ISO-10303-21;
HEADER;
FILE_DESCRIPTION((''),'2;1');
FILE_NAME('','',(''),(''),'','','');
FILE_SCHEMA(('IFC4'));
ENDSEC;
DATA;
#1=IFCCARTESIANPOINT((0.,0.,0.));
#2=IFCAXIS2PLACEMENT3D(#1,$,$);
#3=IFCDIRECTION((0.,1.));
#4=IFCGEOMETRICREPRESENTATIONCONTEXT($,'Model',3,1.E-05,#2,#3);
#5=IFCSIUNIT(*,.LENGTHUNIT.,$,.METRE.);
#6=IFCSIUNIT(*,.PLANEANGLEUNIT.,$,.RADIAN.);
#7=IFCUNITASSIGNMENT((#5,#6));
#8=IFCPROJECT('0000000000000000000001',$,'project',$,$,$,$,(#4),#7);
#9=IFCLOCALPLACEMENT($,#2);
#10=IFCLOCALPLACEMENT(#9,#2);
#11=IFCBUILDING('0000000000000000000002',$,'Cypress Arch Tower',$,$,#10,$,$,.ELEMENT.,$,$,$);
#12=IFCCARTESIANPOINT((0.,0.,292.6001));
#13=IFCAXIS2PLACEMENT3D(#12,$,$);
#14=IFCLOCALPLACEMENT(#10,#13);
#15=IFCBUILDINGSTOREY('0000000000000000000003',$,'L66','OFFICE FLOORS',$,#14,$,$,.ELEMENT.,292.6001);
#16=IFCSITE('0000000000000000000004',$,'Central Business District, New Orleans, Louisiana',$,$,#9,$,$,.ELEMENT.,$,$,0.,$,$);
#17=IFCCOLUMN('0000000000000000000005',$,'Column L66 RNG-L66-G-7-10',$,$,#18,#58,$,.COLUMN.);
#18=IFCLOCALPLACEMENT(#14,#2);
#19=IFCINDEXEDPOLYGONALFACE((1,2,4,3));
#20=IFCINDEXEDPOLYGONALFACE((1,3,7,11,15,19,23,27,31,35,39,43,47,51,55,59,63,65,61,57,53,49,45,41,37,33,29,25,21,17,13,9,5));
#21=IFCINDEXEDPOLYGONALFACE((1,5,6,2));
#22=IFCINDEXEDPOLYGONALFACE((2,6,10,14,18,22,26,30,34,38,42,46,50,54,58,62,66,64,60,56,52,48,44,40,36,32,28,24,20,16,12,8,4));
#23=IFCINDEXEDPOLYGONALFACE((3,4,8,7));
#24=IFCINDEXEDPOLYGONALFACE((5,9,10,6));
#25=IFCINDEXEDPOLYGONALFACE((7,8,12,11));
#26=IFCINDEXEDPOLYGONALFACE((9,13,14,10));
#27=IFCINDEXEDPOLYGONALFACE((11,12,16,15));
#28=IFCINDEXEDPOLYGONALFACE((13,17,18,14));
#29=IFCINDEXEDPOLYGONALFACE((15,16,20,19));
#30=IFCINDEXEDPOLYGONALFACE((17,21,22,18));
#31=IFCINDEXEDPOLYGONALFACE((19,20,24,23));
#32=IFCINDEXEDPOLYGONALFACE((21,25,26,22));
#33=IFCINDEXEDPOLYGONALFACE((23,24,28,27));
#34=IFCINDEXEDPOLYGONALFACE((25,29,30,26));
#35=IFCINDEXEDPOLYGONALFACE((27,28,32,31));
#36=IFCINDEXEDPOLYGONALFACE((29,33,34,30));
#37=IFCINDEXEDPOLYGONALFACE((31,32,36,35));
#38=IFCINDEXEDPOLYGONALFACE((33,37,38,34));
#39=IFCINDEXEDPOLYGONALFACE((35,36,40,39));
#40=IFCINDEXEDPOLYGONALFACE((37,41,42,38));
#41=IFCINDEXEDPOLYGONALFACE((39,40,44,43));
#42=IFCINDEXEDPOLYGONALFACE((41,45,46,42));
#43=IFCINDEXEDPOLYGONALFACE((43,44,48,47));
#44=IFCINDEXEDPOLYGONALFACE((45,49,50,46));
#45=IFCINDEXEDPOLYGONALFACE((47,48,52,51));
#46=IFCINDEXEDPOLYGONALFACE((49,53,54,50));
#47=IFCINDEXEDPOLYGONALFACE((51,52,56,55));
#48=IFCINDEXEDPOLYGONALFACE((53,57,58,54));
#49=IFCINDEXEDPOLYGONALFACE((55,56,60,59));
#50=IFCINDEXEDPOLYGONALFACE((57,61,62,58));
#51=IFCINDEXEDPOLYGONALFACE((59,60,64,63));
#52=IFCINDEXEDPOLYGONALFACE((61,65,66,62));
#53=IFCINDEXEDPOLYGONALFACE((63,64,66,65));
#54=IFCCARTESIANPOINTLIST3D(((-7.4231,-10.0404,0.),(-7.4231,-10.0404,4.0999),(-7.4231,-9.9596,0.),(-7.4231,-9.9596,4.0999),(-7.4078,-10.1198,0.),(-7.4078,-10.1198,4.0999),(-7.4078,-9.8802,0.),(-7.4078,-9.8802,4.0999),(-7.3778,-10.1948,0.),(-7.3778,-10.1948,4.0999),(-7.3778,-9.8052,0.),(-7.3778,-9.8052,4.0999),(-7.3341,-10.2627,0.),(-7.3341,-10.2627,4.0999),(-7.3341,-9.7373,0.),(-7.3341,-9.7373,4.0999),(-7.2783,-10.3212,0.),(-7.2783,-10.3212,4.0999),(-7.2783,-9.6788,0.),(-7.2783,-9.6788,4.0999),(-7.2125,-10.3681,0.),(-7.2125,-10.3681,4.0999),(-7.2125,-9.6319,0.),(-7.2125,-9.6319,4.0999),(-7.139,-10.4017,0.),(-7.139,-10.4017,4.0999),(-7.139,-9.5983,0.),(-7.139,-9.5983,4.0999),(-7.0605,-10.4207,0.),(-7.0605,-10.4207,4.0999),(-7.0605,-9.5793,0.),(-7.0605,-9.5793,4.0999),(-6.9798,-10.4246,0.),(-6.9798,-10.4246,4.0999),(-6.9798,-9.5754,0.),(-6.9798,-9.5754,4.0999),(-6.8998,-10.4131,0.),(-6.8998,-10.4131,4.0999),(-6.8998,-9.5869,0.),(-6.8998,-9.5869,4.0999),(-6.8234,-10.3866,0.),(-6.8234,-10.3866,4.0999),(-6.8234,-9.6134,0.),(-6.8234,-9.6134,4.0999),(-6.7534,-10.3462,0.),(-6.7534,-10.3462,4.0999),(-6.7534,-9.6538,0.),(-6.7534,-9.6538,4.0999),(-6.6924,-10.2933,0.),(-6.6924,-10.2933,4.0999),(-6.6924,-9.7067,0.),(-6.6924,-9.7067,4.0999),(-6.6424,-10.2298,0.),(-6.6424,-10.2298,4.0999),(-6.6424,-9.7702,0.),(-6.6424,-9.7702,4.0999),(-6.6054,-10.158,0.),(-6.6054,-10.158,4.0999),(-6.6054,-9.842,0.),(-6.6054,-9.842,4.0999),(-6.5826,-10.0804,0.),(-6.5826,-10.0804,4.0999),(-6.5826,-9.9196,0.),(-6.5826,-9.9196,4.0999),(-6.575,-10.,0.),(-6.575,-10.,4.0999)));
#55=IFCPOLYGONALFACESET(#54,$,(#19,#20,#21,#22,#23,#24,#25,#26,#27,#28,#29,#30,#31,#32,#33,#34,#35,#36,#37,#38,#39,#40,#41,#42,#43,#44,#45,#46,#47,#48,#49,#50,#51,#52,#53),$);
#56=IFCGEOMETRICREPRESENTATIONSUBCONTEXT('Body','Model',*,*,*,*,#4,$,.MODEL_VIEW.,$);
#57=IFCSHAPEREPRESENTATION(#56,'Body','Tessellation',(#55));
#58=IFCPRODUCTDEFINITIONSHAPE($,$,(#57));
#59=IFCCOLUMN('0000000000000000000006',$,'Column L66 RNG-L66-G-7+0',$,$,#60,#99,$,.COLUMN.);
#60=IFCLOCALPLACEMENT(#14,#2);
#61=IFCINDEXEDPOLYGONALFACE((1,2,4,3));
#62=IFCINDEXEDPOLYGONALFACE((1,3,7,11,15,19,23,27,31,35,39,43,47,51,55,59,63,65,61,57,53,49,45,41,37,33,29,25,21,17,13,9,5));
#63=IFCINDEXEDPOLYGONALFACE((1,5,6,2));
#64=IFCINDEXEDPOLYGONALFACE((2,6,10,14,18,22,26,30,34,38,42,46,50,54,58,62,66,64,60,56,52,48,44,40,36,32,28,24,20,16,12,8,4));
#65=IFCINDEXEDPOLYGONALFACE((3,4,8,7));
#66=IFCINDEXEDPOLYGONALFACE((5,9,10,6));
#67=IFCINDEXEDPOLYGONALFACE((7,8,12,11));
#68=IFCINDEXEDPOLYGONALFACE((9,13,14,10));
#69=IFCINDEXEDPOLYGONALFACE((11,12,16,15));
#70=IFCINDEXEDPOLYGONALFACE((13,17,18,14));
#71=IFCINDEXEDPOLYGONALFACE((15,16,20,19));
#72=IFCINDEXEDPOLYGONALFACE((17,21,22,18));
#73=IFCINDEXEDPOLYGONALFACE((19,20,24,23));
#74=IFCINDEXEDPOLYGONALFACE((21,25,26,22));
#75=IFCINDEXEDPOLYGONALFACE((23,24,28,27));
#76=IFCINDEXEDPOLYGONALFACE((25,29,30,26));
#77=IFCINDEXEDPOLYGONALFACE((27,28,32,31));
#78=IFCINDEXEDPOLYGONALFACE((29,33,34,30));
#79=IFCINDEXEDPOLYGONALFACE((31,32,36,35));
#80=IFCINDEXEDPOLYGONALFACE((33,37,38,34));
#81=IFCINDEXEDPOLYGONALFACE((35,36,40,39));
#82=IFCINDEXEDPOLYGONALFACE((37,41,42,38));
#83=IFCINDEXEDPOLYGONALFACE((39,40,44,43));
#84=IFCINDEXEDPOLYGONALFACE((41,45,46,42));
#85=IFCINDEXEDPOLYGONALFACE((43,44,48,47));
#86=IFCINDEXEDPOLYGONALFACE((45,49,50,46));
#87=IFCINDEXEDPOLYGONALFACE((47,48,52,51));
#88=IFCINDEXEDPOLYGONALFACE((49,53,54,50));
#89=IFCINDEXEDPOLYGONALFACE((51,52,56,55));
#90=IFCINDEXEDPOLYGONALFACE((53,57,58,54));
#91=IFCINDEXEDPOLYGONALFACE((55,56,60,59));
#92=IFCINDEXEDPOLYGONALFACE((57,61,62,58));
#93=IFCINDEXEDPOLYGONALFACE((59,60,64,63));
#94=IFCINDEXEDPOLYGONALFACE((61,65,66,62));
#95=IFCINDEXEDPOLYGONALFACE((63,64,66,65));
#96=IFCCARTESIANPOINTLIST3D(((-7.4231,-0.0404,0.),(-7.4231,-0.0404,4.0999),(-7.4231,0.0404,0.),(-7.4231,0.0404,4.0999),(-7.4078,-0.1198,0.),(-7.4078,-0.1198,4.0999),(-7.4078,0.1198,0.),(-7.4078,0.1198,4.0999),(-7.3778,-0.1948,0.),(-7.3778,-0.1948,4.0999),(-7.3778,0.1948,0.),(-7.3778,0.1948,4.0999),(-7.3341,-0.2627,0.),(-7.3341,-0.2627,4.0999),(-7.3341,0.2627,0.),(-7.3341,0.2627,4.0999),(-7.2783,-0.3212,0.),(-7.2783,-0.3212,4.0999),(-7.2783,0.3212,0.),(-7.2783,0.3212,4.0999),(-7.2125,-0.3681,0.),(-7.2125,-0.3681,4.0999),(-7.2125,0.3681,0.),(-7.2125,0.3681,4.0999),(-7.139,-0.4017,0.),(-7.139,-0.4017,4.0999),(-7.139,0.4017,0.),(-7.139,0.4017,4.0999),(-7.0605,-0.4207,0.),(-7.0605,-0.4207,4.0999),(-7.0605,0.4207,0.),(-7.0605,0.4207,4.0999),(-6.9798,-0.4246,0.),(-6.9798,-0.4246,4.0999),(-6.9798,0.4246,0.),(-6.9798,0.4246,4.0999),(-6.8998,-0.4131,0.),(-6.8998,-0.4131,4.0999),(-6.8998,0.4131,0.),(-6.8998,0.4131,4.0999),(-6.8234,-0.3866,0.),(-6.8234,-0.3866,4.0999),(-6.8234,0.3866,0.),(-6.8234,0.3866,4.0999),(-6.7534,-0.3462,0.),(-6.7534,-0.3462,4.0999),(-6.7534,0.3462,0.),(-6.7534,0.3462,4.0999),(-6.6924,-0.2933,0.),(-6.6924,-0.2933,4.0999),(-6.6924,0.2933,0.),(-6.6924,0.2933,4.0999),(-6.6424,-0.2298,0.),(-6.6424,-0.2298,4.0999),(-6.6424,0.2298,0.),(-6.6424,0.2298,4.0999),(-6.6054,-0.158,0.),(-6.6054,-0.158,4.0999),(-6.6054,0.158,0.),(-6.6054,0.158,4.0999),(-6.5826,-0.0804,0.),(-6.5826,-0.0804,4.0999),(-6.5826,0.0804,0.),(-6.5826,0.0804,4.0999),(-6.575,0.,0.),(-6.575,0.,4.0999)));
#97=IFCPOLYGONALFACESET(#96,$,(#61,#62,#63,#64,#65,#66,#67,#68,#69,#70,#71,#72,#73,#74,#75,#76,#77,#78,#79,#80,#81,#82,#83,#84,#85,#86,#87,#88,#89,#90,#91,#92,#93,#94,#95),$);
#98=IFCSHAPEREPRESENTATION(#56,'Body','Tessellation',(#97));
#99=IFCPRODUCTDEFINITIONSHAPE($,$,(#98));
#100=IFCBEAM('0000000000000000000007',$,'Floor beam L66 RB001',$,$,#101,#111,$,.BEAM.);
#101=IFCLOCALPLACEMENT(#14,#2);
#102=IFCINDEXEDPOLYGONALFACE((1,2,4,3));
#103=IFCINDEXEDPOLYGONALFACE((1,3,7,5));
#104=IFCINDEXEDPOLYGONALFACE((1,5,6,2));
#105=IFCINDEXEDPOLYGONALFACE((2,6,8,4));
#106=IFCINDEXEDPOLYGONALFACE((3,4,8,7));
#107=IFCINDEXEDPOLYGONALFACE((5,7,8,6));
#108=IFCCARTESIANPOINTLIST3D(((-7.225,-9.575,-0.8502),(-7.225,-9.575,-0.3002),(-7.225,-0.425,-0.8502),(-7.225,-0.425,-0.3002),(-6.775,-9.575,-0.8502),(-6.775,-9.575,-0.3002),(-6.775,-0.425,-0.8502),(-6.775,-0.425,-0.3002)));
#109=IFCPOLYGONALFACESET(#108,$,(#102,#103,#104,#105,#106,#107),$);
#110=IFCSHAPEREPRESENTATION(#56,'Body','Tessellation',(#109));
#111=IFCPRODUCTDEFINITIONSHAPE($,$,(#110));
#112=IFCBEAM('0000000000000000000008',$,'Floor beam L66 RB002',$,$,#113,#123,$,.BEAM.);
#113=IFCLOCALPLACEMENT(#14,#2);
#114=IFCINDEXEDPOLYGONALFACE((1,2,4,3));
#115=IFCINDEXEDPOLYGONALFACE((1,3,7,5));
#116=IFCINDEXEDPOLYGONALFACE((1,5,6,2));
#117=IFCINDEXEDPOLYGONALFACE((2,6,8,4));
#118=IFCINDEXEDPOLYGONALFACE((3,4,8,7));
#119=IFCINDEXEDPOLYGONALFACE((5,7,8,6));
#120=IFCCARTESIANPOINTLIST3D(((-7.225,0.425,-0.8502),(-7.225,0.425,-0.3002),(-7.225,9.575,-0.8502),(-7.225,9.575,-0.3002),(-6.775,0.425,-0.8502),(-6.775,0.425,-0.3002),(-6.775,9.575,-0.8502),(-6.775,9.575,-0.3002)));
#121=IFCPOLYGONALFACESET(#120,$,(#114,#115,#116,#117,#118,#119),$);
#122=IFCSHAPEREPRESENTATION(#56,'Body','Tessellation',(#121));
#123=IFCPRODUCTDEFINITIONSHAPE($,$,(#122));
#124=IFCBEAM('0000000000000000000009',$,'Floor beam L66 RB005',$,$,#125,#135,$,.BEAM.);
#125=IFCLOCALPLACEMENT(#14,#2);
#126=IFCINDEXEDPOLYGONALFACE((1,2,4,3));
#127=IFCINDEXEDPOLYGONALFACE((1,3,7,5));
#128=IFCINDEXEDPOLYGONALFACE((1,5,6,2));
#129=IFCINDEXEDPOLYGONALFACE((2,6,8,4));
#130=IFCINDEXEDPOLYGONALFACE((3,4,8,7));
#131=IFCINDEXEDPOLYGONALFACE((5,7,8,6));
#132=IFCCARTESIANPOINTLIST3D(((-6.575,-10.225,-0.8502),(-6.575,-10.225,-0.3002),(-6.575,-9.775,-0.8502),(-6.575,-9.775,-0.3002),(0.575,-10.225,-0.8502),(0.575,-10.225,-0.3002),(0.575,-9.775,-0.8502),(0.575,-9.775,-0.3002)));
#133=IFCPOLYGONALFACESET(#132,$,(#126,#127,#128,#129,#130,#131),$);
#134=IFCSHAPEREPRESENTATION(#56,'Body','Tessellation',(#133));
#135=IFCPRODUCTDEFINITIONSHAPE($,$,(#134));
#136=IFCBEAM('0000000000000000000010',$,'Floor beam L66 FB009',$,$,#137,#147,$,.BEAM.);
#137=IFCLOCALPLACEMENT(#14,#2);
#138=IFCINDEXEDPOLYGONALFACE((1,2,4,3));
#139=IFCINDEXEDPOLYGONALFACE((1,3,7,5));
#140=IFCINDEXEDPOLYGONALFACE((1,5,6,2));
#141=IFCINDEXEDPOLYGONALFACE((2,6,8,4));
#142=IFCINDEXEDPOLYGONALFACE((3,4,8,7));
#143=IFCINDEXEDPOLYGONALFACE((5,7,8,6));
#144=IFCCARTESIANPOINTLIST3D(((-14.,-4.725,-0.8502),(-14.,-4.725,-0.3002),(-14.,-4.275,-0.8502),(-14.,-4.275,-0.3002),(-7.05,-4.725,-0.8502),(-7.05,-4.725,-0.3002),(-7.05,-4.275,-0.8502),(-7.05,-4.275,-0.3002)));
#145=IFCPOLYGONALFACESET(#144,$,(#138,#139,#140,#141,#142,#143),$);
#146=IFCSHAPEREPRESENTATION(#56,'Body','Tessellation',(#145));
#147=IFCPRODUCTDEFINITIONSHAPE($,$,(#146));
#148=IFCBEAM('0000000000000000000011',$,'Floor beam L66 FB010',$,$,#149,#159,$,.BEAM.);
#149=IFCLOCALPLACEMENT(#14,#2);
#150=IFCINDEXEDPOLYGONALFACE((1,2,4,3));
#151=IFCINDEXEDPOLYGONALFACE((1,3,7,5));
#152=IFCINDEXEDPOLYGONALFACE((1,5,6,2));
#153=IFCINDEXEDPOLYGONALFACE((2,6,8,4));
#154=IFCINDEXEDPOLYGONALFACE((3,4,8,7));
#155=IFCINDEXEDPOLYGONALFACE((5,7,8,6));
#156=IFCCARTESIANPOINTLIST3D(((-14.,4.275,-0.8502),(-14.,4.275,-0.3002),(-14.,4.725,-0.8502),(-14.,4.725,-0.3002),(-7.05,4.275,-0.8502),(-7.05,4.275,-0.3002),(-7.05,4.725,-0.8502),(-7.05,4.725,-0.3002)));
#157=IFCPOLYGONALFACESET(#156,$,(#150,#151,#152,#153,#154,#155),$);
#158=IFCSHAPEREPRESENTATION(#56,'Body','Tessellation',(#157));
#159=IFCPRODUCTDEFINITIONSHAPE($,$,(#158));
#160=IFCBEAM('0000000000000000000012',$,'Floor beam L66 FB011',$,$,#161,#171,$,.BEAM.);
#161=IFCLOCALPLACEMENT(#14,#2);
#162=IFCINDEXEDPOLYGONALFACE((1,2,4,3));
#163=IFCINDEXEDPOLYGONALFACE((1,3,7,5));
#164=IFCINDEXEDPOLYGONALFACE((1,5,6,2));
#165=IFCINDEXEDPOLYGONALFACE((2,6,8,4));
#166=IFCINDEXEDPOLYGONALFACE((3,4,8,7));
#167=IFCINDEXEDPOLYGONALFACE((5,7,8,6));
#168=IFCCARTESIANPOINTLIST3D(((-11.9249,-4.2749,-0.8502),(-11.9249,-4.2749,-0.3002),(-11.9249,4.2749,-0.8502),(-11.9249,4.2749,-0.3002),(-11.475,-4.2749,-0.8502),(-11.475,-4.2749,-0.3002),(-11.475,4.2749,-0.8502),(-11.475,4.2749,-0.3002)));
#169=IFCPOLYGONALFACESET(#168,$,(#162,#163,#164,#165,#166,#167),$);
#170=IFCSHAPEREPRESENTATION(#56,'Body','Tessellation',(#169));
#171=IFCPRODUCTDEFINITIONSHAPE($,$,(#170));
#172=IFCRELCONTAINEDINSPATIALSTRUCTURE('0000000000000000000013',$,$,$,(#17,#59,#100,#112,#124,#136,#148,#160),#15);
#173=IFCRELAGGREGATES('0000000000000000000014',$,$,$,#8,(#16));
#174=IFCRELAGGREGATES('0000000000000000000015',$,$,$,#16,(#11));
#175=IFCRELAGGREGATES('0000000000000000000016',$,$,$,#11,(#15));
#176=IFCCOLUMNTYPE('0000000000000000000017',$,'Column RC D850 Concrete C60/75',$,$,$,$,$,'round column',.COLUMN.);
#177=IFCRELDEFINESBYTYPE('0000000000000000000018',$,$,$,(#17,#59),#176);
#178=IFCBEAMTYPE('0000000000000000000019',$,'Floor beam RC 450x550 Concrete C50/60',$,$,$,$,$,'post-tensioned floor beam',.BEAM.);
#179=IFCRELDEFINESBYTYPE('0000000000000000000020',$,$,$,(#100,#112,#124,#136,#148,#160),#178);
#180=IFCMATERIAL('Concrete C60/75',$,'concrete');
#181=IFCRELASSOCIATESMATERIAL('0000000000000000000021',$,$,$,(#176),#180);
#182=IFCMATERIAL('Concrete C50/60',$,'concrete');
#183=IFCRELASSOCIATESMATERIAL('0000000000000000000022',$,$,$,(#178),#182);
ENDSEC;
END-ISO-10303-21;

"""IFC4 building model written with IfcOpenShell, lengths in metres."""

from ifc_helpers import new_model, si_unit, direction, frame, origin, origin_2d, place, context, subcontext, project, spatial, rectangle, circle, extrude, material, material_profile, profile_set, type_object, element, save


model = new_model("IFC4")

# Units and contexts
model_context = context("Model", 3, precision=1e-05, world=origin(), true_north=direction((0.0, 1.0)))
body_context = subcontext(model_context, "Body", "Model", "MODEL_VIEW")
ifc_project = project(units=[si_unit("LENGTHUNIT", "METRE"), si_unit("PLANEANGLEUNIT", "RADIAN")], contexts=[model_context])

# Site, building, storey
site_placement = place(None, origin())
site = spatial("IfcSite", under=ifc_project, at=site_placement, Name="Central Business District, New Orleans, Louisiana", CompositionType="ELEMENT", RefElevation=0.0)
building_placement = place(site_placement, origin())
building = spatial("IfcBuilding", under=site, at=building_placement, Name="Cypress Arch Tower", CompositionType="ELEMENT")
storey_placement = place(building_placement, frame((0.0, 0.0, 292.6001)))
storey = spatial("IfcBuildingStorey", under=building, at=storey_placement, Name="L66", Description="OFFICE FLOORS", CompositionType="ELEMENT", Elevation=292.6001)

# Columns
ifc_material_1 = material(Name="Concrete C60/75", Category="concrete")
ifc_material_profile_1 = material_profile(ifc_material_1, circle(Radius=0.425, at=origin_2d()), Name="RC D850")
ifc_profile_set_1 = profile_set([ifc_material_profile_1], Name="Concrete C60/75")
column_type = type_object("IfcColumnType", Name="Column RC D850 Concrete C60/75", ElementType="round column", PredefinedType="COLUMN", material=ifc_profile_set_1)
for number, where, z_axis, x_axis, name in (
    (1, (-7.0, -10.0, 0.0), (0.0, 0.0, 1.0), (1.0, 0.0, 0.0), "Column L66 RNG-L66-G-7-10"),
    (2, (-7.0, 0.0, 0.0), (0.0, 0.0, 1.0), (1.0, 0.0, 0.0), "Column L66 RNG-L66-G-7+0"),
):
    element("IfcColumn", number, at=place(storey_placement, frame(where, z_axis=z_axis, x_axis=x_axis)), inside=storey, type_object=column_type, Name=name, PredefinedType="COLUMN", context=body_context, shape_type="SweptSolid", body=[
        extrude(circle(Radius=0.425, at=origin_2d()), origin(), (0.0, 0.0, 1.0), 4.0999),
    ])

# Beams
ifc_material_2 = material(Name="Concrete C50/60", Category="concrete")
ifc_material_profile_2 = material_profile(ifc_material_2, rectangle(XDim=0.45, YDim=0.55, at=origin_2d()), Name="RC 450x550")
ifc_profile_set_2 = profile_set([ifc_material_profile_2], Name="Concrete C50/60")
beam_type = type_object("IfcBeamType", Name="Floor beam RC 450x550 Concrete C50/60", ElementType="post-tensioned floor beam", PredefinedType="BEAM", material=ifc_profile_set_2)
for number, where, z_axis, x_axis, name in (
    (3, (-7.0, -9.575, -0.5752), (0.0, 1.0, 0.0), (-1.0, 0.0, 0.0), "Floor beam L66 RB001"),
    (4, (-7.0, 0.425, -0.5752), (0.0, 1.0, 0.0), (-1.0, 0.0, 0.0), "Floor beam L66 RB002"),
):
    element("IfcBeam", number, at=place(storey_placement, frame(where, z_axis=z_axis, x_axis=x_axis)), inside=storey, type_object=beam_type, Name=name, PredefinedType="BEAM", context=body_context, shape_type="SweptSolid", body=[
        extrude(rectangle(XDim=0.45, YDim=0.55, at=origin_2d()), origin(), (0.0, 0.0, 1.0), 9.1499),
    ])
beam_1_placement = place(storey_placement, frame((-6.575, -10.0, -0.5752), z_axis=(1.0, 0.0, 0.0), x_axis=(0.0, 1.0, 0.0)))
element("IfcBeam", 5, at=beam_1_placement, inside=storey, type_object=beam_type, Name="Floor beam L66 RB005", PredefinedType="BEAM", context=body_context, shape_type="SweptSolid", body=[
    extrude(rectangle(XDim=0.45, YDim=0.55, at=origin_2d()), origin(), (0.0, 0.0, 1.0), 7.1499),
])
for number, where, z_axis, x_axis, name in (
    (6, (-14.0, -4.5, -0.5752), (1.0, 0.0, 0.0), (0.0, 1.0, 0.0), "Floor beam L66 FB009"),
    (7, (-14.0, 4.5, -0.5752), (1.0, 0.0, 0.0), (0.0, 1.0, 0.0), "Floor beam L66 FB010"),
):
    element("IfcBeam", number, at=place(storey_placement, frame(where, z_axis=z_axis, x_axis=x_axis)), inside=storey, type_object=beam_type, Name=name, PredefinedType="BEAM", context=body_context, shape_type="SweptSolid", body=[
        extrude(rectangle(XDim=0.45, YDim=0.55, at=origin_2d()), origin(), (0.0, 0.0, 1.0), 6.95),
    ])
beam_2_placement = place(storey_placement, frame((-11.7, -4.2749, -0.5752), z_axis=(0.0, 1.0, 0.0), x_axis=(-1.0, 0.0, 0.0)))
element("IfcBeam", 8, at=beam_2_placement, inside=storey, type_object=beam_type, Name="Floor beam L66 FB011", PredefinedType="BEAM", context=body_context, shape_type="SweptSolid", body=[
    extrude(rectangle(XDim=0.45, YDim=0.55, at=origin_2d()), origin(), (0.0, 0.0, 1.0), 8.5498),
])

save(model, "model.ifc")
